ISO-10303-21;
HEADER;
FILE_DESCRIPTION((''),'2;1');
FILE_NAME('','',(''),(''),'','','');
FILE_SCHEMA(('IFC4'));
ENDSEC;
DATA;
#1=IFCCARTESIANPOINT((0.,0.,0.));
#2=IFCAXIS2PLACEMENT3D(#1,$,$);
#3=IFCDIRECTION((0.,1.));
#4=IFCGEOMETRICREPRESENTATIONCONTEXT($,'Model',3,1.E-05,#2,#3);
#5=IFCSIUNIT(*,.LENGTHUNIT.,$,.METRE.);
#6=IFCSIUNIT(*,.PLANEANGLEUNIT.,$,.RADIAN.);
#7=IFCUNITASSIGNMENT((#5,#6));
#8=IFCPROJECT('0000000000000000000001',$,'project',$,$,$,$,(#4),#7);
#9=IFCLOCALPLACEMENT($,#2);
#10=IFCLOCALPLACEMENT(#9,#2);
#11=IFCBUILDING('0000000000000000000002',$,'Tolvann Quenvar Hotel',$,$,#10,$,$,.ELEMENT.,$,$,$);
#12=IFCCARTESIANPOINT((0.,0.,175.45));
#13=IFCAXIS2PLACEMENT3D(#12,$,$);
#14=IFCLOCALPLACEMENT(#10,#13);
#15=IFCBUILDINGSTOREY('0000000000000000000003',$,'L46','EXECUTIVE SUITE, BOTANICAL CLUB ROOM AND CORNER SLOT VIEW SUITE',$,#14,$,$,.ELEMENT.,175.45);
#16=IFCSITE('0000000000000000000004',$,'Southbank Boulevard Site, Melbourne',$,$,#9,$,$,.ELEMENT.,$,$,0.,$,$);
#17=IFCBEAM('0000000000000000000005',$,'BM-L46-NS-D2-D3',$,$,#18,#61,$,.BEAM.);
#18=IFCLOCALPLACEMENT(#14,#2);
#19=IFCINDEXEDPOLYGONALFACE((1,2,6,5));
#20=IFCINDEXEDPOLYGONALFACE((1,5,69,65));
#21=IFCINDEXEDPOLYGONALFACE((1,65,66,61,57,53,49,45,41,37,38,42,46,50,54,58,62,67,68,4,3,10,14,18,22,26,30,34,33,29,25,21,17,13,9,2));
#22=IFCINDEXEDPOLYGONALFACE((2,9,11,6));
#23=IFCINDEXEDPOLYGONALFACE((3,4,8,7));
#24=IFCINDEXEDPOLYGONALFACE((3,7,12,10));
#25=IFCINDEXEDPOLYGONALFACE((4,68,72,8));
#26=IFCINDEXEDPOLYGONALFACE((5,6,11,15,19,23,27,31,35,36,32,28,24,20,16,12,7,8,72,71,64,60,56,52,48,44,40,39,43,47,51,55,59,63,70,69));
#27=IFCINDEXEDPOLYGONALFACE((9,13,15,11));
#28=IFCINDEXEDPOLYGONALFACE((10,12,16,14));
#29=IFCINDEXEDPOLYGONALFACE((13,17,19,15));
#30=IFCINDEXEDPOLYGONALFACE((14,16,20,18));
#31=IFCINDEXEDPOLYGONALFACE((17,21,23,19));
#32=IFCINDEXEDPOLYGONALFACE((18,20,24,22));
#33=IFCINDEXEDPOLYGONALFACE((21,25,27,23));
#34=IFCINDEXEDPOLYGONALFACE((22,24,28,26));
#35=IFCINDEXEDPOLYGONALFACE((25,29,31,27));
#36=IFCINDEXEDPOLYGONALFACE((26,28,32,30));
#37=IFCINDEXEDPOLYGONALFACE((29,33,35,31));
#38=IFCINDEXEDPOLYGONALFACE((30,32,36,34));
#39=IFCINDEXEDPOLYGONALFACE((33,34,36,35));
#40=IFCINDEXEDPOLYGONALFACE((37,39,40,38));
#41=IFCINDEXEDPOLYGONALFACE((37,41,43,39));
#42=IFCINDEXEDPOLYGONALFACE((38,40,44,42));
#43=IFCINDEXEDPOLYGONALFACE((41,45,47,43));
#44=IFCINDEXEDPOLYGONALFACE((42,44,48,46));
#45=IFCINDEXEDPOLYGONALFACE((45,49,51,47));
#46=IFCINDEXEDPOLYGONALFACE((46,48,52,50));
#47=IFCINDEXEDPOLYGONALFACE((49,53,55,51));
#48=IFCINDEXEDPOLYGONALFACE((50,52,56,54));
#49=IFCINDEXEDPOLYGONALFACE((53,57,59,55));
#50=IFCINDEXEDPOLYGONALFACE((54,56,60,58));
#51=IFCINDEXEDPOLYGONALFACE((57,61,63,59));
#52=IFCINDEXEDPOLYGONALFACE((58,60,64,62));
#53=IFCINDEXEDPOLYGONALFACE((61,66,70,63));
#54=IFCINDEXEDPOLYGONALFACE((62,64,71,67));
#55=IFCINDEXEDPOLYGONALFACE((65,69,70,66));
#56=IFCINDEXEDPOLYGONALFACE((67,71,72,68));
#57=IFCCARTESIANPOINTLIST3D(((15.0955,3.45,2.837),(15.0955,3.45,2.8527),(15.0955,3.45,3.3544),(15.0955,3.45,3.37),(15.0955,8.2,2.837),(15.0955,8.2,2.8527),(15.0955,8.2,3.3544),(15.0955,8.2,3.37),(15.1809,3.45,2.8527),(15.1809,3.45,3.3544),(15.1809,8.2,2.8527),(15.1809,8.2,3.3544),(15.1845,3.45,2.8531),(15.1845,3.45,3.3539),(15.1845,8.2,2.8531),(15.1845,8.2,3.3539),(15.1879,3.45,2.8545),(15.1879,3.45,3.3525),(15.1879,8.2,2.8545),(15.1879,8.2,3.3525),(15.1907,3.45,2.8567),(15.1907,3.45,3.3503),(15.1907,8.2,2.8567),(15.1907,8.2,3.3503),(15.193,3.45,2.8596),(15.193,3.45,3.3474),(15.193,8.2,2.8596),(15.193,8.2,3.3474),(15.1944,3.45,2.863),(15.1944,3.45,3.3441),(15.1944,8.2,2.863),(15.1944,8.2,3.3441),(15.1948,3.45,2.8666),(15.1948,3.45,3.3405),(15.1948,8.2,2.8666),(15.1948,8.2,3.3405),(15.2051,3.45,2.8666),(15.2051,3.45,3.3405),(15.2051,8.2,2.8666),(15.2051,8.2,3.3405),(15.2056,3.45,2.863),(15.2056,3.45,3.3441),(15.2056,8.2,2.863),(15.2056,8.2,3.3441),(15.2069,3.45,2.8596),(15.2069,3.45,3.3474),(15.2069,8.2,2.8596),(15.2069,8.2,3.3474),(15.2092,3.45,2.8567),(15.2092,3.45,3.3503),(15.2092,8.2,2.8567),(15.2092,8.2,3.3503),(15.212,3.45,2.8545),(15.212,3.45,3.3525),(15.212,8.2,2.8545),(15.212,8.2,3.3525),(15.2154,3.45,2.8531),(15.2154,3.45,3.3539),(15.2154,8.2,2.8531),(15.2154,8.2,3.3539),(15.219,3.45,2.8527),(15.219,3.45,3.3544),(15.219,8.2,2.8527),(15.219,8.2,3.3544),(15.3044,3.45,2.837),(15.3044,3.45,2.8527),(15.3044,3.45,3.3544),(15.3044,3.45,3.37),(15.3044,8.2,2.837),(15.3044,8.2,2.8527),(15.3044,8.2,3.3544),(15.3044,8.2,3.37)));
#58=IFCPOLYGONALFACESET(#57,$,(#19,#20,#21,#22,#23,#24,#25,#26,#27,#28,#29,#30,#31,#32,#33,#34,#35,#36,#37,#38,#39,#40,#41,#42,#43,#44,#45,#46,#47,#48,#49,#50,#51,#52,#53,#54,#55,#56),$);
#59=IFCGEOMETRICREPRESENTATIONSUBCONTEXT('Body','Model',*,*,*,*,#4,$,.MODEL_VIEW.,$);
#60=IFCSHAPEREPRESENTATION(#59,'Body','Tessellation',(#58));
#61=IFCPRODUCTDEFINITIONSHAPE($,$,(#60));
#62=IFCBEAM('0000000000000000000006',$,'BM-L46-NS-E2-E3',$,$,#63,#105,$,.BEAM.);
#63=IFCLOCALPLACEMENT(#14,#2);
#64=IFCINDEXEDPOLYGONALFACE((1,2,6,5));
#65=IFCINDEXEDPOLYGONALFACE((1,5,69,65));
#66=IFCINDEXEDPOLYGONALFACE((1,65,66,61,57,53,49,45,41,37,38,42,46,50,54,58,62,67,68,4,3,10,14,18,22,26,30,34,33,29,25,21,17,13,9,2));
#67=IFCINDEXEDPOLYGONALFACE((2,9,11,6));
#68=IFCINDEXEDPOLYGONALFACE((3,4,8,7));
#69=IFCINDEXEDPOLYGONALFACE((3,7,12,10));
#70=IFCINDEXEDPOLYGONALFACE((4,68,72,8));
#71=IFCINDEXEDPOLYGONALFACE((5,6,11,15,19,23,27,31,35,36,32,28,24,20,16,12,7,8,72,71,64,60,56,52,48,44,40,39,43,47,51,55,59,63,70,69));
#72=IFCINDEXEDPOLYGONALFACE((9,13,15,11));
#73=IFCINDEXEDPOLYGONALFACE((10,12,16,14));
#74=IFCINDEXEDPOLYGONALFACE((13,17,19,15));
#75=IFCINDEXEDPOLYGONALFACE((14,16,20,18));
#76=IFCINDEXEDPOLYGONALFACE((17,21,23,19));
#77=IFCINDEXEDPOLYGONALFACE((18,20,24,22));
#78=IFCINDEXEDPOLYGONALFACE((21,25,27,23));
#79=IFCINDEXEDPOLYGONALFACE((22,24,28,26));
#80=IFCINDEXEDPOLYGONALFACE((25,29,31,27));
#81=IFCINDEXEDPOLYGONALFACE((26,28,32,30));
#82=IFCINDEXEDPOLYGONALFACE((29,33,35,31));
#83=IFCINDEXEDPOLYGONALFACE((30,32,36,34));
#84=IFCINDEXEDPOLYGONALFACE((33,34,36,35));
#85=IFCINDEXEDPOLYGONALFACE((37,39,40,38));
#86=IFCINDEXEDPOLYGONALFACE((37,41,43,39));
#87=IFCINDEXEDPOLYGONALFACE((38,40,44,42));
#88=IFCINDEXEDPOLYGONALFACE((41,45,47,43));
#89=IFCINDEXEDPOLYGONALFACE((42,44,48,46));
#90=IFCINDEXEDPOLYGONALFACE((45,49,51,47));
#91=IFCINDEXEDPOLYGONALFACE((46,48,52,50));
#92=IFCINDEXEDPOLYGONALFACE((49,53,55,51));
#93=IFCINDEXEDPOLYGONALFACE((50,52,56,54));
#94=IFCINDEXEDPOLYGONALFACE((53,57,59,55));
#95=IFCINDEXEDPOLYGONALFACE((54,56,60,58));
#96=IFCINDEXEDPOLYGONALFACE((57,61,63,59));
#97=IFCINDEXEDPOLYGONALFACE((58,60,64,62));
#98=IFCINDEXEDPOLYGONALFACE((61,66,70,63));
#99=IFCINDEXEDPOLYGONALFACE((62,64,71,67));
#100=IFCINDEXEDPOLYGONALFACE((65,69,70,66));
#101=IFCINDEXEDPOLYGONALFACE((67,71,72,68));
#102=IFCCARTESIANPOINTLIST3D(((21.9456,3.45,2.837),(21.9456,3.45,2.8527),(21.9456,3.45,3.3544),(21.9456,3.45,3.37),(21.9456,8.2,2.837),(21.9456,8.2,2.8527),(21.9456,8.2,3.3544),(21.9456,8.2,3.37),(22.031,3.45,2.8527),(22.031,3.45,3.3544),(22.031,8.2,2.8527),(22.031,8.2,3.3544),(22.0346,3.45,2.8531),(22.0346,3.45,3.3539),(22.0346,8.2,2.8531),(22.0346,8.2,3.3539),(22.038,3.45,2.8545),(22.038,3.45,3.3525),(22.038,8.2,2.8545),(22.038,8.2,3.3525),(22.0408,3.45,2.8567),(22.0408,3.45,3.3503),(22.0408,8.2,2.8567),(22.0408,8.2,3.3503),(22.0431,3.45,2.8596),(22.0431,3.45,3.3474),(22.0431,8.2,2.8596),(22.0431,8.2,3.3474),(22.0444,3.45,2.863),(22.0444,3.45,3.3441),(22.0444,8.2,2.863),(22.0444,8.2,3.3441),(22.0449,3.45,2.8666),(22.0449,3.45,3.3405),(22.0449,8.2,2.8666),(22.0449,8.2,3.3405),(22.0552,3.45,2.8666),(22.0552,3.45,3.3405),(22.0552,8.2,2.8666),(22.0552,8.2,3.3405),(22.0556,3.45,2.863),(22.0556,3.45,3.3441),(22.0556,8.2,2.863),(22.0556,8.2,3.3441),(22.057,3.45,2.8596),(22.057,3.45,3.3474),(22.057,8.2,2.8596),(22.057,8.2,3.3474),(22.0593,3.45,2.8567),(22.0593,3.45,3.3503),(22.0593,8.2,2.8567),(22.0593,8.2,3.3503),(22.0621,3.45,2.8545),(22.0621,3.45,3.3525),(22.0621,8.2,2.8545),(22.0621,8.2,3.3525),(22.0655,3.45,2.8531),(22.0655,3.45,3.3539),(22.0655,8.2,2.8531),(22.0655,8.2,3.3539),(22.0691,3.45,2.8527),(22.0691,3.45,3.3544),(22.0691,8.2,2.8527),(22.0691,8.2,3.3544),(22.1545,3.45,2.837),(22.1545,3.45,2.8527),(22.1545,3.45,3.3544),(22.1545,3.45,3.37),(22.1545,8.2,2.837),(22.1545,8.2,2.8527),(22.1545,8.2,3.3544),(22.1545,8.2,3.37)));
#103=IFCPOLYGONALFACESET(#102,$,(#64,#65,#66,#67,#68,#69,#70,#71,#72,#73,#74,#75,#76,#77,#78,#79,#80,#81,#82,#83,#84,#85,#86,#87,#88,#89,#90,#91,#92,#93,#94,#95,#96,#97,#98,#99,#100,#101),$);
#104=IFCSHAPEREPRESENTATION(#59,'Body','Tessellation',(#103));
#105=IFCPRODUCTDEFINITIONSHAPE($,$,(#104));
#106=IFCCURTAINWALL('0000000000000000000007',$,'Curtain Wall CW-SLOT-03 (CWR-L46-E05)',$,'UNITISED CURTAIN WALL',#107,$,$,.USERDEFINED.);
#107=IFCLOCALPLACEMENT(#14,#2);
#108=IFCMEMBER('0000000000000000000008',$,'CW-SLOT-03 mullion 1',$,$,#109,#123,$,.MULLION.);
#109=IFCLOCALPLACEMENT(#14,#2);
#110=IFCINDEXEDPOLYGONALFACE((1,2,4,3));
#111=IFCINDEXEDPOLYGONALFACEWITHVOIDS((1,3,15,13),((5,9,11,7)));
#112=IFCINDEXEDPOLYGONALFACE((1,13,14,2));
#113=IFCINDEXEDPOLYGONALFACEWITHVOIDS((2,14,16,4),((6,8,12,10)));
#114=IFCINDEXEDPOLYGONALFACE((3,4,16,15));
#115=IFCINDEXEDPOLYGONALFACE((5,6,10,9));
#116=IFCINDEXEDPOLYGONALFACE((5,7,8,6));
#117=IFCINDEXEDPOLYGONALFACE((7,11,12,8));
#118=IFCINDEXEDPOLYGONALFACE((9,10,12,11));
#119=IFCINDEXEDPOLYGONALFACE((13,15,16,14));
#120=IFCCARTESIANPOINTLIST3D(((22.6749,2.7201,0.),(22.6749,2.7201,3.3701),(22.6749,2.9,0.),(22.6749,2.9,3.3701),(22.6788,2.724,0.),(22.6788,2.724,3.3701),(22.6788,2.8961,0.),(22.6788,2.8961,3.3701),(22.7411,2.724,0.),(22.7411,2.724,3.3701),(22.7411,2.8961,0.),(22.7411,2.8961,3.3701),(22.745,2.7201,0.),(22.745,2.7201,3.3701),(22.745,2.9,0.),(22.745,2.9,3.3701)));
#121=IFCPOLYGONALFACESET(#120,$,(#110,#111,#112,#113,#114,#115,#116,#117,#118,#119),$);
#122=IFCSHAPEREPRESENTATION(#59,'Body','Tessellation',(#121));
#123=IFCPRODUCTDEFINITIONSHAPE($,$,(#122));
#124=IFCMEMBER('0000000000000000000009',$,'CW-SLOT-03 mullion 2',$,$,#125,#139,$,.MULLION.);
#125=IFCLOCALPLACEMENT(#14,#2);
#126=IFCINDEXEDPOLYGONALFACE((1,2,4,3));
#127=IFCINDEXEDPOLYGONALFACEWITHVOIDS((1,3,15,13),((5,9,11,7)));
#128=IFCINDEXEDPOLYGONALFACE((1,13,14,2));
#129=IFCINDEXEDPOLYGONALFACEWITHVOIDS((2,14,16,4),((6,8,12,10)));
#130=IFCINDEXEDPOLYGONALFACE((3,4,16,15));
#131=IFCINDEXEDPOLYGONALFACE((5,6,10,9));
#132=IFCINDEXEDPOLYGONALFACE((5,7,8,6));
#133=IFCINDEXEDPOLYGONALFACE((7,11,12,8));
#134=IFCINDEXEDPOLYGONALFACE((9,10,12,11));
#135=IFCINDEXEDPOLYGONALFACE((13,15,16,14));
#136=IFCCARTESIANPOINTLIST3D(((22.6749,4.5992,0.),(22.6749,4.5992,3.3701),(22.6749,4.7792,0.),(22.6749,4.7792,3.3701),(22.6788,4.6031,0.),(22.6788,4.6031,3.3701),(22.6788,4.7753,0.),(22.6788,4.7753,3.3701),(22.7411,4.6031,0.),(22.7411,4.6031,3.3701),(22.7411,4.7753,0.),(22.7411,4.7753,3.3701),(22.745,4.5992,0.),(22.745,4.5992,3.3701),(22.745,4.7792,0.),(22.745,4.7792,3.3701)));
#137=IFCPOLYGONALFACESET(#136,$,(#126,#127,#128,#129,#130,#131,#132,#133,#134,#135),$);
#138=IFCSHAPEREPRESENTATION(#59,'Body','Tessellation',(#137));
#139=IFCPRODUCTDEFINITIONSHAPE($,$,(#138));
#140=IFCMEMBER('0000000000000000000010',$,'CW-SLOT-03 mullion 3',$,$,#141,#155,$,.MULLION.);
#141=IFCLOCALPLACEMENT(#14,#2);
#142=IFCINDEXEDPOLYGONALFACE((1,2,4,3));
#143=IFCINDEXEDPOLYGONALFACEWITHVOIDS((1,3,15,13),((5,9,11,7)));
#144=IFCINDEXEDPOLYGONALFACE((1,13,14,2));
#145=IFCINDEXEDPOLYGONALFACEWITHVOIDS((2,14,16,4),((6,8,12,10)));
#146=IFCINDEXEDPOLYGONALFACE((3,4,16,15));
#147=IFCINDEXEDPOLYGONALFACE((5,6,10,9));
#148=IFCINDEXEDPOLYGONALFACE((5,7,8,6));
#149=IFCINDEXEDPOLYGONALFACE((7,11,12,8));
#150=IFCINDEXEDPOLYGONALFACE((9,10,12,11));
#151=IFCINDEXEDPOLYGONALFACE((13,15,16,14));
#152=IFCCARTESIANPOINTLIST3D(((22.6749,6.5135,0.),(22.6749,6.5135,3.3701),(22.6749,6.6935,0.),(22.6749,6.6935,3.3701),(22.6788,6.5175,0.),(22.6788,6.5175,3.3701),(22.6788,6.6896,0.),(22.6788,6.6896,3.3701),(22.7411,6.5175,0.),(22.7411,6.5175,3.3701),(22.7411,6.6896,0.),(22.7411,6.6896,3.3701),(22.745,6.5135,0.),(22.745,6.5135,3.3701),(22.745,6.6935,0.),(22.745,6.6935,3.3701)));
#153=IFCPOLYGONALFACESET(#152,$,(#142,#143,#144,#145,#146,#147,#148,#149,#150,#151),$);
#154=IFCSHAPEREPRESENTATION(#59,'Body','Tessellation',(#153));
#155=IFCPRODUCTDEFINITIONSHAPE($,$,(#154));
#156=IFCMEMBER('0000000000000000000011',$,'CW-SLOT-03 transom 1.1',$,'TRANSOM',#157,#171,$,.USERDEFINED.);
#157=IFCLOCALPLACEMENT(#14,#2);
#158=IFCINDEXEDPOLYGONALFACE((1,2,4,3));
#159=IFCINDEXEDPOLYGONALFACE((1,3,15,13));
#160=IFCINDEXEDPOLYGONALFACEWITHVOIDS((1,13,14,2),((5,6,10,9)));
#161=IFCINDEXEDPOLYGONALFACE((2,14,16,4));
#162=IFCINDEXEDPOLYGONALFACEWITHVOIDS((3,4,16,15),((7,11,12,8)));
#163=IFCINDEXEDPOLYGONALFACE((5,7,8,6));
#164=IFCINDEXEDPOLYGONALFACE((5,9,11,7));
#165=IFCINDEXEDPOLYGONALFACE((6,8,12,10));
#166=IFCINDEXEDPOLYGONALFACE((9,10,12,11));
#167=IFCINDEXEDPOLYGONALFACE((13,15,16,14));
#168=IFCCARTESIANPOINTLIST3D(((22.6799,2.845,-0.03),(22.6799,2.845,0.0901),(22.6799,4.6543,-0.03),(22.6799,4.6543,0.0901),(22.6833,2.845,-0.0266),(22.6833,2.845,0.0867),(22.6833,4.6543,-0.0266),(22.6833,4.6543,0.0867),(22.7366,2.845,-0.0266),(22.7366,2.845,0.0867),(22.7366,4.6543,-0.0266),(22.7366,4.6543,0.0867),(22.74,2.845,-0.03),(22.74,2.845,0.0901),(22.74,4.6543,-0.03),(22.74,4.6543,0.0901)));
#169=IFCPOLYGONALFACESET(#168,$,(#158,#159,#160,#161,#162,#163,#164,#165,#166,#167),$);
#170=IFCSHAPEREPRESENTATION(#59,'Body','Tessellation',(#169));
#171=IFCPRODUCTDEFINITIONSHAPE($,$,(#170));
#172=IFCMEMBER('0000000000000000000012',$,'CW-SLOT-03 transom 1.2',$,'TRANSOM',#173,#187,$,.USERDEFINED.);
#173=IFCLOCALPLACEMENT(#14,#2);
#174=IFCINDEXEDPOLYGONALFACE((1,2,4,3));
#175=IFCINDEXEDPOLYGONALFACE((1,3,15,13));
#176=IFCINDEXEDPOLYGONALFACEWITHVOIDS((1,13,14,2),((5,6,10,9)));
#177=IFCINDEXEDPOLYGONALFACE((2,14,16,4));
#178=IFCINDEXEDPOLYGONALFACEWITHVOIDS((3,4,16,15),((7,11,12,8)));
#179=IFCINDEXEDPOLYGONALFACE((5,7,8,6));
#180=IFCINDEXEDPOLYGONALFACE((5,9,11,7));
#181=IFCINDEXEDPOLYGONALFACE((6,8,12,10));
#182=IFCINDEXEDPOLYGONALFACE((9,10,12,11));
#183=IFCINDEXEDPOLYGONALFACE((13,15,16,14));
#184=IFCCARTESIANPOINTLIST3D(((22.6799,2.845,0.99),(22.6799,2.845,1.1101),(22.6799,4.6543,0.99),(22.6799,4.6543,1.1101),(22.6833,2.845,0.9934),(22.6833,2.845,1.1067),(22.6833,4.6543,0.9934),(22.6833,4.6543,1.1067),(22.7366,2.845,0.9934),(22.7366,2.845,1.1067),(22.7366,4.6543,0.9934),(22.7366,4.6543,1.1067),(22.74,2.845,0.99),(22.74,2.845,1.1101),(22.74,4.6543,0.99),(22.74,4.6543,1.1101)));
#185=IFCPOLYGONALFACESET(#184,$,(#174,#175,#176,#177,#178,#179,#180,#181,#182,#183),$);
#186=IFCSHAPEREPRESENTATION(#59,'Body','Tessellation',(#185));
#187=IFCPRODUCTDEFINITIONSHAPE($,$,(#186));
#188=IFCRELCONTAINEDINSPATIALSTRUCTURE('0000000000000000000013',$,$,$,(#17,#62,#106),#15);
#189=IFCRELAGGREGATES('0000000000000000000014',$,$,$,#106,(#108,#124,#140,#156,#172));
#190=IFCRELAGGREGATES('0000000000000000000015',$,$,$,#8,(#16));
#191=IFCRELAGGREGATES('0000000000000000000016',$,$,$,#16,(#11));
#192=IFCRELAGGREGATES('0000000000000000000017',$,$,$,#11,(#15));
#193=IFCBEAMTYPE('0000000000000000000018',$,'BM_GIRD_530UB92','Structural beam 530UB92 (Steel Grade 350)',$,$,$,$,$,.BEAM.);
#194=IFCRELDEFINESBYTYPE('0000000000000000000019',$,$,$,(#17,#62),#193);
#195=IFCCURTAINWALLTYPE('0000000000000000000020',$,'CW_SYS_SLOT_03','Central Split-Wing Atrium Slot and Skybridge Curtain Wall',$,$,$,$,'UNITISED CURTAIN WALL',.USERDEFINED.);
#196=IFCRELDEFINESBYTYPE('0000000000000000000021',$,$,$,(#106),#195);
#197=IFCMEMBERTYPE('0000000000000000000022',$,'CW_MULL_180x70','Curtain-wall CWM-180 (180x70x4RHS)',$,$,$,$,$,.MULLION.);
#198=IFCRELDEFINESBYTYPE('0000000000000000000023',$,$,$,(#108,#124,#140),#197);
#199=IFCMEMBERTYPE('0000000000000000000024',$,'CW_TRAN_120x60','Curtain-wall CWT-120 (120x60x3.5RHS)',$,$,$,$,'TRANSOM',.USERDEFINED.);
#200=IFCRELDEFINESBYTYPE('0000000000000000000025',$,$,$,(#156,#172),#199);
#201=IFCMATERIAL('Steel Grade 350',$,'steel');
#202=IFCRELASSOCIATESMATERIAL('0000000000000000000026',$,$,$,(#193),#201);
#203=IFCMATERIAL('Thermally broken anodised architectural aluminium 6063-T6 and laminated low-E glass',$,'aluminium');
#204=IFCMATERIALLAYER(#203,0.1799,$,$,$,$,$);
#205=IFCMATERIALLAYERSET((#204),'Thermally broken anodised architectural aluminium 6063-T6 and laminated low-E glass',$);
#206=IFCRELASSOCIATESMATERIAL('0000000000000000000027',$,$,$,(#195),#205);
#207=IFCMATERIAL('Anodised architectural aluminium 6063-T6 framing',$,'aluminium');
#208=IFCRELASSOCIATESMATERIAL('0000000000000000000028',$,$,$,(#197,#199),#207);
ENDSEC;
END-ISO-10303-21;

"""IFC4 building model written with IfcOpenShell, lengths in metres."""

from ifc_helpers import new_model, si_unit, direction, frame, origin, origin_2d, place, context, subcontext, project, spatial, hollow_rectangle, i_section, extrude, source, transform, mapped, material, layer, layer_set, material_profile, profile_set, type_object, type_shapes, element, aggregate, save


model = new_model("IFC4")

# Units and contexts
model_context = context("Model", 3, precision=1e-05, world=origin(), true_north=direction((0.0, 1.0)))
body_context = subcontext(model_context, "Body", "Model", "MODEL_VIEW")
ifc_project = project(units=[si_unit("LENGTHUNIT", "METRE"), si_unit("PLANEANGLEUNIT", "RADIAN")], contexts=[model_context])

# Site, building, storey
site_placement = place(None, origin())
site = spatial("IfcSite", under=ifc_project, at=site_placement, Name="Southbank Boulevard Site, Melbourne", CompositionType="ELEMENT", RefElevation=0.0)
building_placement = place(site_placement, origin())
building = spatial("IfcBuilding", under=site, at=building_placement, Name="Tolvann Quenvar Hotel", CompositionType="ELEMENT")
storey_placement = place(building_placement, frame((0.0, 0.0, 175.45)))
storey = spatial("IfcBuildingStorey", under=building, at=storey_placement, Name="L46", Description="EXECUTIVE SUITE, BOTANICAL CLUB ROOM AND CORNER SLOT VIEW SUITE", CompositionType="ELEMENT", Elevation=175.45)

# Shared definitions
ifc_material_1 = material(Name="Steel Grade 350", Category="steel")

# Beams
ifc_material_profile_1 = material_profile(ifc_material_1, i_section(OverallWidth=0.209, OverallDepth=0.533, WebThickness=0.0103, FlangeThickness=0.0156, FilletRadius=0.0139, at=origin_2d()), Name="530UB92")
ifc_profile_set_1 = profile_set([ifc_material_profile_1], Name="Steel Grade 350")
beam_type_1 = type_object("IfcBeamType", Name="BM_GIRD_530UB92", Description="Structural beam 530UB92 (Steel Grade 350)", PredefinedType="BEAM", material=ifc_profile_set_1)
shared_shape_1 = source(origin(), body_context, "Body", "SweptSolid", [
    extrude(i_section(OverallWidth=0.209, OverallDepth=0.533, WebThickness=0.0103, FlangeThickness=0.0156, FilletRadius=0.0139, at=origin_2d()), origin(), (0.0, 0.0, 1.0), 4.75),
])
type_shapes(beam_type_1, [shared_shape_1])
for number, where, z_axis, x_axis, name in (
    (1, (15.2, 3.45, 3.1035), (0.0, 1.0, 0.0), (-1.0, 0.0, 0.0), "BM-L46-NS-D2-D3"),
    (2, (22.05, 3.45, 3.1035), (0.0, 1.0, 0.0), (-1.0, 0.0, 0.0), "BM-L46-NS-E2-E3"),
):
    element("IfcBeam", number, at=place(storey_placement, frame(where, z_axis=z_axis, x_axis=x_axis)), inside=storey, type_object=beam_type_1, Name=name, PredefinedType="BEAM", context=body_context, shape_type="MappedRepresentation", body=[
        mapped(shared_shape_1, transform((0.0, 0.0, 0.0), x_axis=(1.0, 0.0, 0.0), y_axis=(0.0, 1.0, 0.0), z_axis=(0.0, 0.0, 1.0), scale=1.0)),
    ])

# Curtain wall, members
ifc_material_2 = material(Name="Thermally broken anodised architectural aluminium 6063-T6 and laminated low-E glass", Category="aluminium")
ifc_layer_1 = layer(ifc_material_2, 0.1799)
ifc_layer_set_1 = layer_set([ifc_layer_1], Name="Thermally broken anodised architectural aluminium 6063-T6 and laminated low-E glass")
curtain_wall_type = type_object("IfcCurtainWallType", Name="CW_SYS_SLOT_03", Description="Central Split-Wing Atrium Slot and Skybridge Curtain Wall", ElementType="UNITISED CURTAIN WALL", PredefinedType="USERDEFINED", material=ifc_layer_set_1)
curtain_wall_placement = place(storey_placement, origin())
curtain_wall = element("IfcCurtainWall", 3, at=curtain_wall_placement, inside=storey, type_object=curtain_wall_type, Name="Curtain Wall CW-SLOT-03 (CWR-L46-E05)", ObjectType="UNITISED CURTAIN WALL", PredefinedType="USERDEFINED")
ifc_material_3 = material(Name="Anodised architectural aluminium 6063-T6 framing", Category="aluminium")
ifc_material_profile_2 = material_profile(ifc_material_3, hollow_rectangle(XDim=0.0701, YDim=0.1799, WallThickness=0.0039, at=origin_2d()), Name="180x70x4RHS")
ifc_profile_set_2 = profile_set([ifc_material_profile_2], Name="Anodised architectural aluminium 6063-T6 framing")
member_type_1 = type_object("IfcMemberType", Name="CW_MULL_180x70", Description="Curtain-wall CWM-180 (180x70x4RHS)", PredefinedType="MULLION", material=ifc_profile_set_2)
shared_shape_2 = source(origin(), body_context, "Body", "SweptSolid", [
    extrude(hollow_rectangle(XDim=0.0701, YDim=0.1799, WallThickness=0.0039, at=origin_2d()), origin(), (0.0, 0.0, 1.0), 3.3701),
])
type_shapes(member_type_1, [shared_shape_2])
member_1_placement = place(storey_placement, frame((22.71, 2.8101, 0.0), z_axis=(0.0, 0.0, 1.0), x_axis=(-1.0, 0.0, 0.0)))
member_1 = element("IfcMember", 4, at=member_1_placement, type_object=member_type_1, Name="CW-SLOT-03 mullion 1", PredefinedType="MULLION", context=body_context, shape_type="MappedRepresentation", body=[
    mapped(shared_shape_2, transform((0.0, 0.0, 0.0), x_axis=(1.0, 0.0, 0.0), y_axis=(0.0, 1.0, 0.0), z_axis=(0.0, 0.0, 1.0), scale=1.0)),
])
member_2_placement = place(storey_placement, frame((22.71, 4.6892, 0.0), z_axis=(0.0, 0.0, 1.0), x_axis=(-1.0, 0.0, 0.0)))
member_2 = element("IfcMember", 5, at=member_2_placement, type_object=member_type_1, Name="CW-SLOT-03 mullion 2", PredefinedType="MULLION", context=body_context, shape_type="MappedRepresentation", body=[
    mapped(shared_shape_2, transform((0.0, 0.0, 0.0), x_axis=(1.0, 0.0, 0.0), y_axis=(0.0, 1.0, 0.0), z_axis=(0.0, 0.0, 1.0), scale=1.0)),
])
member_3_placement = place(storey_placement, frame((22.71, 6.6035, 0.0), z_axis=(0.0, 0.0, 1.0), x_axis=(-1.0, 0.0, 0.0)))
member_3 = element("IfcMember", 6, at=member_3_placement, type_object=member_type_1, Name="CW-SLOT-03 mullion 3", PredefinedType="MULLION", context=body_context, shape_type="MappedRepresentation", body=[
    mapped(shared_shape_2, transform((0.0, 0.0, 0.0), x_axis=(1.0, 0.0, 0.0), y_axis=(0.0, 1.0, 0.0), z_axis=(0.0, 0.0, 1.0), scale=1.0)),
])
ifc_material_profile_3 = material_profile(ifc_material_3, hollow_rectangle(XDim=0.0601, YDim=0.1201, WallThickness=0.0034, at=origin_2d()), Name="120x60x3.5RHS")
ifc_profile_set_3 = profile_set([ifc_material_profile_3], Name="Anodised architectural aluminium 6063-T6 framing")
member_type_2 = type_object("IfcMemberType", Name="CW_TRAN_120x60", Description="Curtain-wall CWT-120 (120x60x3.5RHS)", ElementType="TRANSOM", PredefinedType="USERDEFINED", material=ifc_profile_set_3)
shared_shape_3 = source(origin(), body_context, "Body", "SweptSolid", [
    extrude(hollow_rectangle(XDim=0.0601, YDim=0.1201, WallThickness=0.0034, at=origin_2d()), origin(), (0.0, 0.0, 1.0), 1.8093),
])
member_4_placement = place(storey_placement, frame((22.71, 2.845, 0.03), z_axis=(0.0, 1.0, 0.0), x_axis=(-1.0, 0.0, 0.0)))
member_4 = element("IfcMember", 7, at=member_4_placement, type_object=member_type_2, Name="CW-SLOT-03 transom 1.1", ObjectType="TRANSOM", PredefinedType="USERDEFINED", context=body_context, shape_type="MappedRepresentation", body=[
    mapped(shared_shape_3, transform((0.0, 0.0, 0.0), x_axis=(1.0, 0.0, 0.0), y_axis=(0.0, 1.0, 0.0), z_axis=(0.0, 0.0, 1.0), scale=1.0)),
])
member_5_placement = place(storey_placement, frame((22.71, 2.845, 1.05), z_axis=(0.0, 1.0, 0.0), x_axis=(-1.0, 0.0, 0.0)))
member_5 = element("IfcMember", 8, at=member_5_placement, type_object=member_type_2, Name="CW-SLOT-03 transom 1.2", ObjectType="TRANSOM", PredefinedType="USERDEFINED", context=body_context, shape_type="MappedRepresentation", body=[
    mapped(shared_shape_3, transform((0.0, 0.0, 0.0), x_axis=(1.0, 0.0, 0.0), y_axis=(0.0, 1.0, 0.0), z_axis=(0.0, 0.0, 1.0), scale=1.0)),
])
aggregate(curtain_wall, [member_1, member_2, member_3, member_4, member_5])

save(model, "model.ifc")
